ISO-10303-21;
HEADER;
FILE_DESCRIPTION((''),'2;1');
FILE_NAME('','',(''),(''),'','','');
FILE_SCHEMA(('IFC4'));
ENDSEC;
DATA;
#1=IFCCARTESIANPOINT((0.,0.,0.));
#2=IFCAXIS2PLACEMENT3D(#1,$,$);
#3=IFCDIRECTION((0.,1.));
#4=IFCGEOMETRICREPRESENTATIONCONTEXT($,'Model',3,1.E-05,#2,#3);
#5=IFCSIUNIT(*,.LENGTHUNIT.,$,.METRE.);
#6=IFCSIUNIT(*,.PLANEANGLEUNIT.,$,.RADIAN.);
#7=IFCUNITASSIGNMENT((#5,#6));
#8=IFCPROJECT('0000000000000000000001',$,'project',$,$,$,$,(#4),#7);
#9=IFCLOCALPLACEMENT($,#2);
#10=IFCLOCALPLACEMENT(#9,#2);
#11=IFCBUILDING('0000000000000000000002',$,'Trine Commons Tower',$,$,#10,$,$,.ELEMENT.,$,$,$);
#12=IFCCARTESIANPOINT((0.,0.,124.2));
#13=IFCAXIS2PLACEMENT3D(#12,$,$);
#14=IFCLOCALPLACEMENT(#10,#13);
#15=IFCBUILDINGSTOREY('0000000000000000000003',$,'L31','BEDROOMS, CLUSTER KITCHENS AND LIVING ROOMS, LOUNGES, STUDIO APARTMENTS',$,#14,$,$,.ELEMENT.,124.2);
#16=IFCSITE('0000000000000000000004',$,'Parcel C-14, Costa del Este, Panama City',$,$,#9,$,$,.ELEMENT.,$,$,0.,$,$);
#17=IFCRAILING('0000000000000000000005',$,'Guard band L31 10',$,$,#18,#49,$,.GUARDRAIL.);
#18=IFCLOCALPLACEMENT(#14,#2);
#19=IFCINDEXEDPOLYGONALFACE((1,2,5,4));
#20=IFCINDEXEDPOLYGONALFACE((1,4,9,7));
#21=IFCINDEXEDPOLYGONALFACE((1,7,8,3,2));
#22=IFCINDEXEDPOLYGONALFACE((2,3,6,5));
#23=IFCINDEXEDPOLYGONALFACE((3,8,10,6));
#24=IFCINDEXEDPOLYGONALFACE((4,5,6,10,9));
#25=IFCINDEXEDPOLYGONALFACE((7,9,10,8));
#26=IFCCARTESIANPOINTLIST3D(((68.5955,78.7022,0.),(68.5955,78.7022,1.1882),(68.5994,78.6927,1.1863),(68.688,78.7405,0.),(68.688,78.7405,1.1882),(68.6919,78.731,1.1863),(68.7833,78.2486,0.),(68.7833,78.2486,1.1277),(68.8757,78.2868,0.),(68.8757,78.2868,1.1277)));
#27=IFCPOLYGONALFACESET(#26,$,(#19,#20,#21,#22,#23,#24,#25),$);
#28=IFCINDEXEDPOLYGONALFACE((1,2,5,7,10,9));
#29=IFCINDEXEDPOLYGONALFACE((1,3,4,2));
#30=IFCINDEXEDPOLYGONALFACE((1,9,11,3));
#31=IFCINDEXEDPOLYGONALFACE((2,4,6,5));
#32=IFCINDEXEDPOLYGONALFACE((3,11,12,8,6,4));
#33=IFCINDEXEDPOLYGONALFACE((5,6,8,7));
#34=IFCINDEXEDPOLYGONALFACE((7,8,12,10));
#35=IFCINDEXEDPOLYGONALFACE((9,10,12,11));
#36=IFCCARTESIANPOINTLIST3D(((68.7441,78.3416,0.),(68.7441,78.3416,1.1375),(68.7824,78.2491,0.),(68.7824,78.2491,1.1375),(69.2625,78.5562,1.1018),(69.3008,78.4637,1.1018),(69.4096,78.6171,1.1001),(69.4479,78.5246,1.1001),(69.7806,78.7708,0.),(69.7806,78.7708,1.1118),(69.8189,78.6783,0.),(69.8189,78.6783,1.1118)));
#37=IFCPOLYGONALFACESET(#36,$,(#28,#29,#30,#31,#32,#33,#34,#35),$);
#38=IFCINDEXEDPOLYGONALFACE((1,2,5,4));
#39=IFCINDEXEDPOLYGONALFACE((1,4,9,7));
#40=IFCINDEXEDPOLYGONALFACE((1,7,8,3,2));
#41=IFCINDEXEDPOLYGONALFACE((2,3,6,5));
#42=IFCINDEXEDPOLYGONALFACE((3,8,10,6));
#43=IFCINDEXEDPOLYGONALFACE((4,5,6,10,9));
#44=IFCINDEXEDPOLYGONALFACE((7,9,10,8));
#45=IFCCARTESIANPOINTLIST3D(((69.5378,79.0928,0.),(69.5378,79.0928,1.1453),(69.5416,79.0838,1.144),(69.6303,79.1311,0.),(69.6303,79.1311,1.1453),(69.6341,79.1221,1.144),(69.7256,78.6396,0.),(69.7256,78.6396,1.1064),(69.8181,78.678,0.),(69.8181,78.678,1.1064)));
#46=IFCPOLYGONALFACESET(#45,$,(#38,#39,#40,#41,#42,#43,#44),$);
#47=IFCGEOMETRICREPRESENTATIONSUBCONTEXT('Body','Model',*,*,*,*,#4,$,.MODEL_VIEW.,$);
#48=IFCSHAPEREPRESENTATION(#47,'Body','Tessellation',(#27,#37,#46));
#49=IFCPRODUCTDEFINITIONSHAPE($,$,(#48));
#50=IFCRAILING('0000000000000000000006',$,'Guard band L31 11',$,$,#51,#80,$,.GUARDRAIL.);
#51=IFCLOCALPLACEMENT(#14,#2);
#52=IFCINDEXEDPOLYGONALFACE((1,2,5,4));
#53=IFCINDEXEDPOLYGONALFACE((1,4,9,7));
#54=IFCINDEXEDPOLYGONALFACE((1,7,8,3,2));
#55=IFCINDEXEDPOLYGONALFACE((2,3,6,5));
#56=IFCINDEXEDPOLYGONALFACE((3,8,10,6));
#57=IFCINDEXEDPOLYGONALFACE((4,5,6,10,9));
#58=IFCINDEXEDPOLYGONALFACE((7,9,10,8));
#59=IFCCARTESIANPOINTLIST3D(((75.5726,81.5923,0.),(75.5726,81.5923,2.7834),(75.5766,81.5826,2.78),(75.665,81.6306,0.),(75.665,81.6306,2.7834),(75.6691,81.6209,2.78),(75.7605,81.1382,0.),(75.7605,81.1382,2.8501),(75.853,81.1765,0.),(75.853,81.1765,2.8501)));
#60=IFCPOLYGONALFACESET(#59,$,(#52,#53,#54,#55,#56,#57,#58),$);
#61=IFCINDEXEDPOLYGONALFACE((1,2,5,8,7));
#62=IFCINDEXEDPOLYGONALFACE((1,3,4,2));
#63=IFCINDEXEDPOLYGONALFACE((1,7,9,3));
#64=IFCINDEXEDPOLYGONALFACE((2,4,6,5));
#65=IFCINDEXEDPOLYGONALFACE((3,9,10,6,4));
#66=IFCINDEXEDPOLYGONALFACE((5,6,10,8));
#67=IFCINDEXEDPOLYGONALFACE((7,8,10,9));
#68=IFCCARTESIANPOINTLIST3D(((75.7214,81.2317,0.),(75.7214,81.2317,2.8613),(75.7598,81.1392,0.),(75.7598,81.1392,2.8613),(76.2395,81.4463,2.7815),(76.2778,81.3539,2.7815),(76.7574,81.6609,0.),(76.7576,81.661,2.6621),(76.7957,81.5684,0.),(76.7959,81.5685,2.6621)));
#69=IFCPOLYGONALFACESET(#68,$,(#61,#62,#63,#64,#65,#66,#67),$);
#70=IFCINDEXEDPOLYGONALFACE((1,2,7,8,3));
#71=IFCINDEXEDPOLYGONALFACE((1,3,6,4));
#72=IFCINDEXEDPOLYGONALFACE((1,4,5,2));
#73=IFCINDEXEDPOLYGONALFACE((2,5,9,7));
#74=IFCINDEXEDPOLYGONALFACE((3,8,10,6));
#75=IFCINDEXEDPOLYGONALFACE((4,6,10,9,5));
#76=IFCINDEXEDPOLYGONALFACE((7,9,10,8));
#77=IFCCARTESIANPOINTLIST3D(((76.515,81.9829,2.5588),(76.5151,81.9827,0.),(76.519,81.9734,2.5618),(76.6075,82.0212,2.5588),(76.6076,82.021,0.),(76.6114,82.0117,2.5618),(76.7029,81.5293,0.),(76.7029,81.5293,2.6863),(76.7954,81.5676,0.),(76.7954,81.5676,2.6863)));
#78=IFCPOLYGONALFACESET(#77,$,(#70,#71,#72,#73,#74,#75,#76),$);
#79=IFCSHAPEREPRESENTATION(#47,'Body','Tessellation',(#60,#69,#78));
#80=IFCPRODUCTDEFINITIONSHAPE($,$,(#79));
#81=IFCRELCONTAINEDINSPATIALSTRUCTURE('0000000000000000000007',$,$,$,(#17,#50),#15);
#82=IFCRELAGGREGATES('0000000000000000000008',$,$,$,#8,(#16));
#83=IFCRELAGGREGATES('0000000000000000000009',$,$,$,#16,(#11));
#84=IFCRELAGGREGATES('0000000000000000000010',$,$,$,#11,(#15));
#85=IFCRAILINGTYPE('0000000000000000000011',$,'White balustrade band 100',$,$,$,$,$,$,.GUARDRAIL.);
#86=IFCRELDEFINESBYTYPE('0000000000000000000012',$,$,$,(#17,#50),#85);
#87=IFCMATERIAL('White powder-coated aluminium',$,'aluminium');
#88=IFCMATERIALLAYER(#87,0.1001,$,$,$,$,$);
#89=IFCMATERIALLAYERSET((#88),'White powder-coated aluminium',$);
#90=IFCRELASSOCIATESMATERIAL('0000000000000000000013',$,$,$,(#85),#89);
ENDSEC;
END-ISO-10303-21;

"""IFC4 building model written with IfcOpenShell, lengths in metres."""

from ifc_helpers import new_model, si_unit, direction, frame, origin, place, context, subcontext, project, spatial, polyline, outline, extrude, material, layer, layer_set, type_object, element, save


model = new_model("IFC4")

# Units and contexts
model_context = context("Model", 3, precision=1e-05, world=origin(), true_north=direction((0.0, 1.0)))
body_context = subcontext(model_context, "Body", "Model", "MODEL_VIEW")
ifc_project = project(units=[si_unit("LENGTHUNIT", "METRE"), si_unit("PLANEANGLEUNIT", "RADIAN")], contexts=[model_context])

# Site, building, storey
site_placement = place(None, origin())
site = spatial("IfcSite", under=ifc_project, at=site_placement, Name="Parcel C-14, Costa del Este, Panama City", CompositionType="ELEMENT", RefElevation=0.0)
building_placement = place(site_placement, origin())
building = spatial("IfcBuilding", under=site, at=building_placement, Name="Trine Commons Tower", CompositionType="ELEMENT")
storey_placement = place(building_placement, frame((0.0, 0.0, 124.2)))
storey = spatial("IfcBuildingStorey", under=building, at=storey_placement, Name="L31", Description="BEDROOMS, CLUSTER KITCHENS AND LIVING ROOMS, LOUNGES, STUDIO APARTMENTS", CompositionType="ELEMENT", Elevation=124.2)

# Railings
ifc_material_1 = material(Name="White powder-coated aluminium", Category="aluminium")
ifc_layer_1 = layer(ifc_material_1, 0.1001)
ifc_layer_set_1 = layer_set([ifc_layer_1], Name="White powder-coated aluminium")
railing_type = type_object("IfcRailingType", Name="White balustrade band 100", PredefinedType="GUARDRAIL", material=ifc_layer_set_1)
railing_1_placement = place(storey_placement, origin())
element("IfcRailing", 1, at=railing_1_placement, inside=storey, type_object=railing_type, Name="Guard band L31 10", PredefinedType="GUARDRAIL", context=body_context, shape_type="SweptSolid", body=[
    extrude(outline(polyline([(0.0, 0.0), (0.491, 0.0), (0.491, 1.1277), (0.0103, 1.1863), (0.0, 1.1882), (0.0, 0.0)])), frame((68.688, 78.7405, 0.0), z_axis=(-0.923987, -0.382425, 0.0), x_axis=(0.382425, -0.923987, 0.0)), (0.0, 0.0, 1.0), 0.1001),
    extrude(outline(polyline([(0.0, 0.0), (1.1218, 0.0), (1.1218, 1.1118), (0.7202, 1.1001), (0.561, 1.1018), (0.0, 1.1375), (0.0, 0.0)])), frame((68.7441, 78.3416, 0.0), z_axis=(0.382621, -0.923905, 0.0), x_axis=(0.923905, 0.382621, 0.0)), (0.0, 0.0, 1.0), 0.1001),
    extrude(outline(polyline([(0.0, 0.0), (0.4905, 0.0), (0.4905, 1.1453), (0.4807, 1.144), (0.0, 1.1064), (0.0, 0.0)])), frame((69.7256, 78.6396, 0.0), z_axis=(0.923841, 0.382777, 0.0), x_axis=(-0.382777, 0.923841, 0.0)), (0.0, 0.0, 1.0), 0.1001),
])
railing_2_placement = place(storey_placement, origin())
element("IfcRailing", 2, at=railing_2_placement, inside=storey, type_object=railing_type, Name="Guard band L31 11", PredefinedType="GUARDRAIL", context=body_context, shape_type="SweptSolid", body=[
    extrude(outline(polyline([(0.0, 0.0), (0.4915, 0.0), (0.4915, 2.8501), (0.4915, 2.8501), (0.0105, 2.78), (0.0, 2.7834), (0.0, 0.0)])), frame((75.665, 81.6306, 0.0), z_axis=(-0.923956, -0.382498, 0.0), x_axis=(0.382498, -0.923956, 0.0)), (0.0, 0.0, 1.0), 0.1001),
    extrude(outline(polyline([(0.0, 0.0), (1.1213, 0.0), (1.1216, 2.6621), (0.5608, 2.7815), (0.0, 2.8613), (0.0, 0.0)])), frame((75.7214, 81.2317, 0.0), z_axis=(0.382775, -0.923842, 0.0), x_axis=(0.923842, 0.382775, 0.0)), (0.0, 0.0, 1.0), 0.1001),
    extrude(outline(polyline([(0.0, 0.0), (0.4907, 0.0), (0.491, 2.5588), (0.4807, 2.5618), (0.0, 2.6863), (0.0, 0.0)])), frame((76.7029, 81.5293, 0.0), z_axis=(0.923914, 0.382601, 0.0), x_axis=(-0.382601, 0.923914, 0.0)), (0.0, 0.0, 1.0), 0.1001),
])

save(model, "model.ifc")
